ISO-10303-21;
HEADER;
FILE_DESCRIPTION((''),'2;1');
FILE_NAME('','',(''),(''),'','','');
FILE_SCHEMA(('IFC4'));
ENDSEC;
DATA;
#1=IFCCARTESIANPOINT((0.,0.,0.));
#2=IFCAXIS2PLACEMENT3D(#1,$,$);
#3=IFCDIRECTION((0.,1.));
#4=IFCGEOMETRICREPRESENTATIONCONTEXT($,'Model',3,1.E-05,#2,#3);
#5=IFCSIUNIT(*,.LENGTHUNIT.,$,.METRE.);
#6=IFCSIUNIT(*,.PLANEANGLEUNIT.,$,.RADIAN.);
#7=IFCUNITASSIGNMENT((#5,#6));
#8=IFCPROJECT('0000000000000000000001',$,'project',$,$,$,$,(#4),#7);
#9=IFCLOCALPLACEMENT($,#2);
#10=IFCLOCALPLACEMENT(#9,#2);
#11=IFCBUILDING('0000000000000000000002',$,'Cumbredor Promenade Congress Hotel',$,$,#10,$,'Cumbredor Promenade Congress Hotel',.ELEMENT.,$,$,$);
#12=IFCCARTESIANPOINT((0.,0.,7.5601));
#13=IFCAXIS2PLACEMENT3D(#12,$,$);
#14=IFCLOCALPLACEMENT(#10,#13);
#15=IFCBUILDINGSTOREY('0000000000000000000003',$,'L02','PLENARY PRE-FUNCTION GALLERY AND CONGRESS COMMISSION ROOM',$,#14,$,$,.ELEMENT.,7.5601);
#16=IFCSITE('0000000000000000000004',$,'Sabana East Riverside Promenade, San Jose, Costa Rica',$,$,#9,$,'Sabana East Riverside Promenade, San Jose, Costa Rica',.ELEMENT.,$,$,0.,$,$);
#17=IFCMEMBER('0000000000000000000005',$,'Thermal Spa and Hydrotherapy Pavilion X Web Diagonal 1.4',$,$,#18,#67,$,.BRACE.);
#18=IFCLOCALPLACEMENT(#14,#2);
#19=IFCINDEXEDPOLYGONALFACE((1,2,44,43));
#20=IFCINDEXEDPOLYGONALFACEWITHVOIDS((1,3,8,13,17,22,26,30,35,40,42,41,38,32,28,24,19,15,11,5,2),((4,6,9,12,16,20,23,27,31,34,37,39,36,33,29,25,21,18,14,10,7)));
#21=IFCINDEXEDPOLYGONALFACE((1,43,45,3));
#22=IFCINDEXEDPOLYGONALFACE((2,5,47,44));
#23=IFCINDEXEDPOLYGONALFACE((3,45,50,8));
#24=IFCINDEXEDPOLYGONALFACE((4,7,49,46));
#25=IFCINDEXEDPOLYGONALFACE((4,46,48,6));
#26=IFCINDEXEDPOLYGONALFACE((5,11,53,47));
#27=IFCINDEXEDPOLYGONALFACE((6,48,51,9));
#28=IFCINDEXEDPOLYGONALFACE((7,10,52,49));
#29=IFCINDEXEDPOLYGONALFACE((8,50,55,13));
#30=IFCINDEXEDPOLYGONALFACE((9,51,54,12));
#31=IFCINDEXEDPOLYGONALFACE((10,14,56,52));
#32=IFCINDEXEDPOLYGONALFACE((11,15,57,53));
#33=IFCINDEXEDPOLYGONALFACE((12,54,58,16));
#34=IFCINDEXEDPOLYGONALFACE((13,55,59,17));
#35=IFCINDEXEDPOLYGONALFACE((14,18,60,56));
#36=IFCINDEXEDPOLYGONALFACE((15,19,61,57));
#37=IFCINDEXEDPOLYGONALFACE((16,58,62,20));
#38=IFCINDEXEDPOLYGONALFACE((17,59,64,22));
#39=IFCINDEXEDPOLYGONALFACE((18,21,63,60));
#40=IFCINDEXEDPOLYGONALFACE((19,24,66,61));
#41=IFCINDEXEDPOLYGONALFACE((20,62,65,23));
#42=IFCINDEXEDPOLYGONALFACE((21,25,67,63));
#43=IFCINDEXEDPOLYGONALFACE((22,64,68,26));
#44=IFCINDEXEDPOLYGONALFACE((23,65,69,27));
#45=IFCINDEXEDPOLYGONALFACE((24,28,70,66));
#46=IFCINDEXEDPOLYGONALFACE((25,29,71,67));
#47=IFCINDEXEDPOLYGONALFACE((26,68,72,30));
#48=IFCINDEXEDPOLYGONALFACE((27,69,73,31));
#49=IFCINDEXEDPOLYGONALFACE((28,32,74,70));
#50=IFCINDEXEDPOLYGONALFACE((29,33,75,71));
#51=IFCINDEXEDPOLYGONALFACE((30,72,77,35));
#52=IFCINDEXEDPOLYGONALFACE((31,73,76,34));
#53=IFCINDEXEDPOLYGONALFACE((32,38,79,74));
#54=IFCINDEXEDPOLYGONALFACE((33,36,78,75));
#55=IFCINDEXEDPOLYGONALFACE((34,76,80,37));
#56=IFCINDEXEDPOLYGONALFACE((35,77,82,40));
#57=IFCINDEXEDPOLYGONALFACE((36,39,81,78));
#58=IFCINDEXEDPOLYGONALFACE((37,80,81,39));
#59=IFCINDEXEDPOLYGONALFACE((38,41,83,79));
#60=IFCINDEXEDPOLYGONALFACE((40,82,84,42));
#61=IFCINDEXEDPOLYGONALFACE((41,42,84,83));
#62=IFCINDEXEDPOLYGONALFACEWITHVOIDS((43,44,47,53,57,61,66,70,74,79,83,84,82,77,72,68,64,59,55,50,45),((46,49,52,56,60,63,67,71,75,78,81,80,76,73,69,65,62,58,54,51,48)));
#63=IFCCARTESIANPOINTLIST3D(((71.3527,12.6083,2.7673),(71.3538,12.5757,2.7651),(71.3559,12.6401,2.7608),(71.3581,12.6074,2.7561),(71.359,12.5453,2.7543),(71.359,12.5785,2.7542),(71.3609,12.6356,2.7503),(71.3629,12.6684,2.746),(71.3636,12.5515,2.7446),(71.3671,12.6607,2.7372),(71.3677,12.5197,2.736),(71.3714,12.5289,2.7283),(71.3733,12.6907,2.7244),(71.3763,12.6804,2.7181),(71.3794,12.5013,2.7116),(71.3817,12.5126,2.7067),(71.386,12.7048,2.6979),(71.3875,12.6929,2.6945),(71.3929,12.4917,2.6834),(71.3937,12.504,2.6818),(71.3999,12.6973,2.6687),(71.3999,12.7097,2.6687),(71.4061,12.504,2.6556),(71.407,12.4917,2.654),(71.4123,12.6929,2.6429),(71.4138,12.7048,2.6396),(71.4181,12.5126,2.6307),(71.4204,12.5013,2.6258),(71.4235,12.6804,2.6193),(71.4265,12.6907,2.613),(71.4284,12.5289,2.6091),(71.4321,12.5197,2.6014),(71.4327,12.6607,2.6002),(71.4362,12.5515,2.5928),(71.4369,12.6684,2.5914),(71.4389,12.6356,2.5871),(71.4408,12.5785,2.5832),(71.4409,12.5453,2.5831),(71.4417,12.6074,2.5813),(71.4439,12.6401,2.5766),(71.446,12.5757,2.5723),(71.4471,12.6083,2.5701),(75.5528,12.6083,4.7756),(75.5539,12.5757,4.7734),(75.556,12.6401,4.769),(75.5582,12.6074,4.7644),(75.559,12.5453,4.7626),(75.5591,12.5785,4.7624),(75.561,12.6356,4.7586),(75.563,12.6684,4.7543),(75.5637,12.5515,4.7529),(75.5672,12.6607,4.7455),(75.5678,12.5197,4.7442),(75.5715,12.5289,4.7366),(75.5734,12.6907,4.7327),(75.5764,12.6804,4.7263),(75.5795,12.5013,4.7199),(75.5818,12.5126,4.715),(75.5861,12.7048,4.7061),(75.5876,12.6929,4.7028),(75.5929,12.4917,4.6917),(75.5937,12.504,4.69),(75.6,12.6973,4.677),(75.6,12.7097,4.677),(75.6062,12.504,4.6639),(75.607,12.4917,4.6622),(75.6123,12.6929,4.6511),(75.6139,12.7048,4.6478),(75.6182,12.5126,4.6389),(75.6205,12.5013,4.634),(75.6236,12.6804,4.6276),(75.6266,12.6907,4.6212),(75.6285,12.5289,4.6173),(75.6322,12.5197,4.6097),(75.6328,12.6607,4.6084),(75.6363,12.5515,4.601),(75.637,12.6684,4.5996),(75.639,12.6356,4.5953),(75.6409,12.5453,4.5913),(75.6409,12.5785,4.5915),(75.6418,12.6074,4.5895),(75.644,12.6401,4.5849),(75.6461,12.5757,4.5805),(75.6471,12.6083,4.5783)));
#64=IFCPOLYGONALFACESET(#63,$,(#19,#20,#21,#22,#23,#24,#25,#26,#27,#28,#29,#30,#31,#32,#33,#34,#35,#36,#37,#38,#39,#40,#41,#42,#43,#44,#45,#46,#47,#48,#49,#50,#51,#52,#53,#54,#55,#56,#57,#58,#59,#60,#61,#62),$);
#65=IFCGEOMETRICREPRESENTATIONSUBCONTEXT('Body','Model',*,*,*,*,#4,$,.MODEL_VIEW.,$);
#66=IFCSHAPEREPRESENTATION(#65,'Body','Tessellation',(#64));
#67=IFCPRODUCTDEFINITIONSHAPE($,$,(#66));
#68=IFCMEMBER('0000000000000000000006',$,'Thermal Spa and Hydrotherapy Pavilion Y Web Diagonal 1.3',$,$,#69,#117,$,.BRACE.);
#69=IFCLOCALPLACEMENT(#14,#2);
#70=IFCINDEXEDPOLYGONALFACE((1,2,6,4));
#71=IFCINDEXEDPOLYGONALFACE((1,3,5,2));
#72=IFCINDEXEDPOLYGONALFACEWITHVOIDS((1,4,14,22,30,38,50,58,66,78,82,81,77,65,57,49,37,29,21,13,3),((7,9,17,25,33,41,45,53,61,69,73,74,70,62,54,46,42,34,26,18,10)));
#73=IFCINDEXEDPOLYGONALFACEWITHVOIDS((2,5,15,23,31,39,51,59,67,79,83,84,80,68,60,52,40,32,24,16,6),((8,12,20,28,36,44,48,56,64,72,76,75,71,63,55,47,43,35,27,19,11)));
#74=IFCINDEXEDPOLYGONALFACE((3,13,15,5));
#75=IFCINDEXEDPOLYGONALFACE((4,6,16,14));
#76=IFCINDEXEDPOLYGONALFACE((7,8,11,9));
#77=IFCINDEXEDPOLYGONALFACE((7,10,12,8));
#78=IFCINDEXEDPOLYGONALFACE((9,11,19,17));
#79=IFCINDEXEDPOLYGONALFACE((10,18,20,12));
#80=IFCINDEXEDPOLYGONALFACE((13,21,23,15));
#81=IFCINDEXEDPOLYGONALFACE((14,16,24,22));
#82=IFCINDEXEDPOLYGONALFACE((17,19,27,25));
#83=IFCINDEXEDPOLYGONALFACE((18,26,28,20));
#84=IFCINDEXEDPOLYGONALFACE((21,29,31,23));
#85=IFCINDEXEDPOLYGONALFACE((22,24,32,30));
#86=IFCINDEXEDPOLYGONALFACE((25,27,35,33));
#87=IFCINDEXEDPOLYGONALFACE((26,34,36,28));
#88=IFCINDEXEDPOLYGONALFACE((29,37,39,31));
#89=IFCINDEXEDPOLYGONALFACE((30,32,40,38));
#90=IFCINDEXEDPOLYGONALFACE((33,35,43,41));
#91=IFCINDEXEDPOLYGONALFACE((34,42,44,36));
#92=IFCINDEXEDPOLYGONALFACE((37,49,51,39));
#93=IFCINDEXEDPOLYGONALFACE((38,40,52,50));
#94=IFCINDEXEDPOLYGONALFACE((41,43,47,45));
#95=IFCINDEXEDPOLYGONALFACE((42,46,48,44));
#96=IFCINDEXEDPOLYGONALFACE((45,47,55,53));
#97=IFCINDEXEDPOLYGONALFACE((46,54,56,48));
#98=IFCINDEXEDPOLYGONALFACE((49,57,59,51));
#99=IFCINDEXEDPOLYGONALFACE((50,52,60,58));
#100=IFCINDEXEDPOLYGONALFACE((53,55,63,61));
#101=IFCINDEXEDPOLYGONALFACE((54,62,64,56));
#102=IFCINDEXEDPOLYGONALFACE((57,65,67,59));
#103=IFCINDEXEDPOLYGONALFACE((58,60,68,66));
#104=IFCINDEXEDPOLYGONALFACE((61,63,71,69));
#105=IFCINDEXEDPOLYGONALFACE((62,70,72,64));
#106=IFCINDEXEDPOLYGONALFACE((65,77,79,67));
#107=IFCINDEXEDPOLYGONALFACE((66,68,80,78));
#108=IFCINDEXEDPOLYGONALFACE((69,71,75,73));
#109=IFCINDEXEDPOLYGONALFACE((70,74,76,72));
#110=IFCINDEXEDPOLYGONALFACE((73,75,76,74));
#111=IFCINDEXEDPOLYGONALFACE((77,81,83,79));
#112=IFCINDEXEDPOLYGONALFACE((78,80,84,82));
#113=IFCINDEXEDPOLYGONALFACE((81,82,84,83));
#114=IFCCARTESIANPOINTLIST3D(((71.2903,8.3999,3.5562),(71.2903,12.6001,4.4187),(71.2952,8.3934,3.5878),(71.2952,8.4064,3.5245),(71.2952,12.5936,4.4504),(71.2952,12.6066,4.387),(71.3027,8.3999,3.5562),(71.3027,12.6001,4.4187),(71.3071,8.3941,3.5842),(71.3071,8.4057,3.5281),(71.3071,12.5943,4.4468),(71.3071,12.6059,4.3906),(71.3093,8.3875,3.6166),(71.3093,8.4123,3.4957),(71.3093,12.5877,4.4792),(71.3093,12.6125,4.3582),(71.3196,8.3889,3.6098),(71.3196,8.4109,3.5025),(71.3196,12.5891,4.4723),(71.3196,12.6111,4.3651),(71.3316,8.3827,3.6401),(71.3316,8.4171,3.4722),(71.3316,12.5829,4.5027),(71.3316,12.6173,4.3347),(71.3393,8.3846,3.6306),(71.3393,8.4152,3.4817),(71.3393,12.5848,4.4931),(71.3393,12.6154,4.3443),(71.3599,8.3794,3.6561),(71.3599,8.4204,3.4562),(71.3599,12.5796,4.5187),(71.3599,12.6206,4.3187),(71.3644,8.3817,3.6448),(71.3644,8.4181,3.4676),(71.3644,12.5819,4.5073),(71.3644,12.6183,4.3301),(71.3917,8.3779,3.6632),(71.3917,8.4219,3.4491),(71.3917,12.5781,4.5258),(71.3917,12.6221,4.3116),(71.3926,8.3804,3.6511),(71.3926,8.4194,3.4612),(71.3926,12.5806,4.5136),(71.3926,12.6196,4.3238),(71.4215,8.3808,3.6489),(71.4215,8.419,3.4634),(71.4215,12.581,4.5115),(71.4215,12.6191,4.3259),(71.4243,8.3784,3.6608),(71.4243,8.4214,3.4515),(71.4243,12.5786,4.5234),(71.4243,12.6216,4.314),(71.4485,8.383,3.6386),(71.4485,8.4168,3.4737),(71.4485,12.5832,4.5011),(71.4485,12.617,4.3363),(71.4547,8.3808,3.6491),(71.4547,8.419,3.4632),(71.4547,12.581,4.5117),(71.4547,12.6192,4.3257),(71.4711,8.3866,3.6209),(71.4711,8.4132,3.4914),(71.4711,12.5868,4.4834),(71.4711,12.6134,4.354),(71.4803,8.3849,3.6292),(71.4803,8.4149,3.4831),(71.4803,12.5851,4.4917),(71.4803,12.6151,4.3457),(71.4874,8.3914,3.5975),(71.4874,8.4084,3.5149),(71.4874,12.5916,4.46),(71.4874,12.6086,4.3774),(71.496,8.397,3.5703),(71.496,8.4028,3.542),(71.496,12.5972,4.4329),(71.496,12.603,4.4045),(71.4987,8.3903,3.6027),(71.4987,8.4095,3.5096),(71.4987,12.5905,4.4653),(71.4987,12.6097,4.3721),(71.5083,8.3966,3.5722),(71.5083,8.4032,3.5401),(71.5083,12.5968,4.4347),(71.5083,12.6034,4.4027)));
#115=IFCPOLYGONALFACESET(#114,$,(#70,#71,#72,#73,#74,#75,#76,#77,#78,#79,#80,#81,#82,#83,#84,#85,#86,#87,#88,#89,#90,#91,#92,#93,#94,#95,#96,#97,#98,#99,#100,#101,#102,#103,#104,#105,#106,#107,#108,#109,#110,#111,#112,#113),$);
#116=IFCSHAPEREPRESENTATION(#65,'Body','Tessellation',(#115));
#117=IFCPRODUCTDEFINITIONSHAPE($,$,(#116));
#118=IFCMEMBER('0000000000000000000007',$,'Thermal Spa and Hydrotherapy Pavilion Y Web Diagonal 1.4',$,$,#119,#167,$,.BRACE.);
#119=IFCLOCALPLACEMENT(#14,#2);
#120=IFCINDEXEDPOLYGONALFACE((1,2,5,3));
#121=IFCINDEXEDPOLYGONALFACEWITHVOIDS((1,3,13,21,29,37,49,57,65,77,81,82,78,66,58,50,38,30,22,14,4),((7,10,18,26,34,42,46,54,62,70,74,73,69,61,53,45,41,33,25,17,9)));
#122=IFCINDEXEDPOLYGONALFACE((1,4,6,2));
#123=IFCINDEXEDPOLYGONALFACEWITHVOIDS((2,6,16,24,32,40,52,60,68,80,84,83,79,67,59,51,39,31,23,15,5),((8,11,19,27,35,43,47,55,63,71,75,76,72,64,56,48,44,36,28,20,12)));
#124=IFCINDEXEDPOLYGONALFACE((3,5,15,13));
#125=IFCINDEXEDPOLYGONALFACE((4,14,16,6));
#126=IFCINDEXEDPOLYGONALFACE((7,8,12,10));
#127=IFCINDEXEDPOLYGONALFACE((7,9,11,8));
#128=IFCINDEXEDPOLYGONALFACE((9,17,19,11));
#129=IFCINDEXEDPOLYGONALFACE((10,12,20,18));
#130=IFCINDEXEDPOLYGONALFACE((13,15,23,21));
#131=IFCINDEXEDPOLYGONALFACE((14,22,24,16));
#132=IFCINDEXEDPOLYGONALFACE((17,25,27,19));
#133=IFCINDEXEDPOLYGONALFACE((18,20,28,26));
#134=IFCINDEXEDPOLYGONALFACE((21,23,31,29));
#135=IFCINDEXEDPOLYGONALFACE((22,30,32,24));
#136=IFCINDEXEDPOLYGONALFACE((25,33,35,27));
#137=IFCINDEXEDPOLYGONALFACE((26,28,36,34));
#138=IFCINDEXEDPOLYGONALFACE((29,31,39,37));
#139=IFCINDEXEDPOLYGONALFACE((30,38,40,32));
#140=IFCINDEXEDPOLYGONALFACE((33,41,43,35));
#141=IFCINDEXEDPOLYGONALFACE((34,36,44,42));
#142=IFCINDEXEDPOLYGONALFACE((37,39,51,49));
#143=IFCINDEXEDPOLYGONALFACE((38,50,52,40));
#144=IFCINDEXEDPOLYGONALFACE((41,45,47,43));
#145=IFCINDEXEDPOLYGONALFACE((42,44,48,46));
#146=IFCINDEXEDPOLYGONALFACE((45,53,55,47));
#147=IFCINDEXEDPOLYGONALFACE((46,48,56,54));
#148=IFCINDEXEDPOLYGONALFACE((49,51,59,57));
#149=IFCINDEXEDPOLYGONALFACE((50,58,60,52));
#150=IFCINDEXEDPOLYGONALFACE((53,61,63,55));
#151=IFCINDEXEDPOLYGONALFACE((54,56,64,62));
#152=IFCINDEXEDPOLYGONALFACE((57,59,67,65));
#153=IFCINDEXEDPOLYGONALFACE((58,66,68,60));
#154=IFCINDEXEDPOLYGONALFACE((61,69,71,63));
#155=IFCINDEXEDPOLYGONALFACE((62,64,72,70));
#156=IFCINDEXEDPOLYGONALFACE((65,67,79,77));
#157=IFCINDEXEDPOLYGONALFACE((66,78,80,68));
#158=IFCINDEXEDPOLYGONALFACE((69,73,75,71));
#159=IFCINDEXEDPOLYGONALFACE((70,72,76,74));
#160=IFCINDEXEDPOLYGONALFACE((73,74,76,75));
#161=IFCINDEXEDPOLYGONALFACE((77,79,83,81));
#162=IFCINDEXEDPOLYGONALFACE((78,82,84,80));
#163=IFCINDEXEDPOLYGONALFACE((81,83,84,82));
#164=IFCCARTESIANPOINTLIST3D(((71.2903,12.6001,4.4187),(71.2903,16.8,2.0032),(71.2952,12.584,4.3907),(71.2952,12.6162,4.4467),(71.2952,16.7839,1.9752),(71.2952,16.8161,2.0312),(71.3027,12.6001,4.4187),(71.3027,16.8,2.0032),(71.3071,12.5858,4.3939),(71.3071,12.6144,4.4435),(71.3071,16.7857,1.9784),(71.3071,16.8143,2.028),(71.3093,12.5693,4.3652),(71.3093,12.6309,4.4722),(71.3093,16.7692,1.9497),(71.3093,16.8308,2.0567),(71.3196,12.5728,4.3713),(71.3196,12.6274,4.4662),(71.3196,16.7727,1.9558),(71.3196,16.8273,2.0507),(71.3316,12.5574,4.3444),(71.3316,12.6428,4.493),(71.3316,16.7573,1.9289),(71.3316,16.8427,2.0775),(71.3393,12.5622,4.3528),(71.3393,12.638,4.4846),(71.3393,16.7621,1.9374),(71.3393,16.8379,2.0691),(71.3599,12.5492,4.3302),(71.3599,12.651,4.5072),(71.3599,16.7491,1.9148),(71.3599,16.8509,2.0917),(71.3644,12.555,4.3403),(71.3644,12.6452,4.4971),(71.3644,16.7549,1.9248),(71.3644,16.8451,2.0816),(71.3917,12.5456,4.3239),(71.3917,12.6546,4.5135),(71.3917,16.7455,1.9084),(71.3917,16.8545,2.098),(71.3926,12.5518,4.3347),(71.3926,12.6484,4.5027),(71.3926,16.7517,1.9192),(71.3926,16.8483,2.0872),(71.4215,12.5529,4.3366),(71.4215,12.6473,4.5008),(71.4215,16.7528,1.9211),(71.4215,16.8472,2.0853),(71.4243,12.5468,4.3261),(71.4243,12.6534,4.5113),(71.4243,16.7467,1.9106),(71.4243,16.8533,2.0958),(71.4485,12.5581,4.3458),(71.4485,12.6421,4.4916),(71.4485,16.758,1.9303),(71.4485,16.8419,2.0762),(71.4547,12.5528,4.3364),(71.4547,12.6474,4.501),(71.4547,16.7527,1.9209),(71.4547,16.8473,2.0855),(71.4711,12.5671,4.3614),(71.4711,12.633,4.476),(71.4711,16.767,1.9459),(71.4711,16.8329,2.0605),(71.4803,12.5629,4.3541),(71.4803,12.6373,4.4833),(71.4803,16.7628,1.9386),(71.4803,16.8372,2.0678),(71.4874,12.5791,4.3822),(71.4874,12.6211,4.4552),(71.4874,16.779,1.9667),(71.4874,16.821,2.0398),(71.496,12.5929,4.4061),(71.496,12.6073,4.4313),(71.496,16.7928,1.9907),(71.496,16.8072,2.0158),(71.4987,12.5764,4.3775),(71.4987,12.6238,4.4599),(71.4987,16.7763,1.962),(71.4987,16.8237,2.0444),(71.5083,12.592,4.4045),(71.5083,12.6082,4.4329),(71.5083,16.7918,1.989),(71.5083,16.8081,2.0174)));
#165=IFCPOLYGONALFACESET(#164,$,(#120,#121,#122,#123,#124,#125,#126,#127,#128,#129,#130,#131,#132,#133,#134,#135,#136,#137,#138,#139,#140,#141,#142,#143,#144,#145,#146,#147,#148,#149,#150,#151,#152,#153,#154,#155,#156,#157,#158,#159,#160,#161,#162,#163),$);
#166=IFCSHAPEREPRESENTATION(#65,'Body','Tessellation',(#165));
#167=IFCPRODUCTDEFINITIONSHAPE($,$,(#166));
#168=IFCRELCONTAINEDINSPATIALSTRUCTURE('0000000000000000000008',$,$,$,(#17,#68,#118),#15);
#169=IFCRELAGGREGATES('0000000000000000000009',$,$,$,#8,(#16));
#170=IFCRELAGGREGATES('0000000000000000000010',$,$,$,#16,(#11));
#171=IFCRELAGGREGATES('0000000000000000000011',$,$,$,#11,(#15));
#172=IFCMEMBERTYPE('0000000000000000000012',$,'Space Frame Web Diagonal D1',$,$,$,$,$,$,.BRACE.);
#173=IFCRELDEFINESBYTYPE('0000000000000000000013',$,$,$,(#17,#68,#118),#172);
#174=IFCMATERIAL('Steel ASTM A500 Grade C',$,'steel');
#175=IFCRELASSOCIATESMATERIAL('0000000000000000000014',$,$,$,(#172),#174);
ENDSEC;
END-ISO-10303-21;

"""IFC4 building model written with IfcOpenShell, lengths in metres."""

from ifc_helpers import new_model, si_unit, direction, frame, origin, origin_2d, place, context, subcontext, project, spatial, hollow_circle, extrude, material, material_profile, profile_set, type_object, element, save


model = new_model("IFC4")

# Units and contexts
model_context = context("Model", 3, precision=1e-05, world=origin(), true_north=direction((0.0, 1.0)))
body_context = subcontext(model_context, "Body", "Model", "MODEL_VIEW")
ifc_project = project(units=[si_unit("LENGTHUNIT", "METRE"), si_unit("PLANEANGLEUNIT", "RADIAN")], contexts=[model_context])

# Site, building, storey
site_placement = place(None, origin())
site = spatial("IfcSite", under=ifc_project, at=site_placement, Name="Sabana East Riverside Promenade, San Jose, Costa Rica", LongName="Sabana East Riverside Promenade, San Jose, Costa Rica", CompositionType="ELEMENT", RefElevation=0.0)
building_placement = place(site_placement, origin())
building = spatial("IfcBuilding", under=site, at=building_placement, Name="Cumbredor Promenade Congress Hotel", LongName="Cumbredor Promenade Congress Hotel", CompositionType="ELEMENT")
storey_placement = place(building_placement, frame((0.0, 0.0, 7.5601)))
storey = spatial("IfcBuildingStorey", under=building, at=storey_placement, Name="L02", Description="PLENARY PRE-FUNCTION GALLERY AND CONGRESS COMMISSION ROOM", CompositionType="ELEMENT", Elevation=7.5601)

# Members
ifc_material_1 = material(Name="Steel ASTM A500 Grade C", Category="steel")
ifc_material_profile_1 = material_profile(ifc_material_1, hollow_circle(Radius=0.1096, WallThickness=0.0125, at=origin_2d()), Name="CHS 219.1x12.5")
ifc_profile_set_1 = profile_set([ifc_material_profile_1], Name="Steel ASTM A500 Grade C")
member_type_1 = type_object("IfcMemberType", Name="Space Frame Web Diagonal D1", PredefinedType="BRACE", material=ifc_profile_set_1)
member_1_placement = place(storey_placement, frame((71.3999, 12.6001, 2.6687), z_axis=(0.902175, 0.0, 0.43137), x_axis=(0.0, 1.0, 0.0)))
element("IfcMember", 1, at=member_1_placement, inside=storey, type_object=member_type_1, Name="Thermal Spa and Hydrotherapy Pavilion X Web Diagonal 1.4", PredefinedType="BRACE", context=body_context, shape_type="SweptSolid", body=[
    extrude(hollow_circle(Radius=0.1096, WallThickness=0.0125, at=origin_2d()), origin(), (0.0, 0.0, 1.0), 4.6555),
])
member_2_placement = place(storey_placement, frame((71.3999, 8.3999, 3.5562), z_axis=(0.0, 0.979558, 0.201161), x_axis=(-1.0, 0.0, 0.0)))
element("IfcMember", 2, at=member_2_placement, inside=storey, type_object=member_type_1, Name="Thermal Spa and Hydrotherapy Pavilion Y Web Diagonal 1.3", PredefinedType="BRACE", context=body_context, shape_type="SweptSolid", body=[
    extrude(hollow_circle(Radius=0.1096, WallThickness=0.0125, at=origin_2d()), origin(), (0.0, 0.0, 1.0), 4.2878),
])
member_3_placement = place(storey_placement, frame((71.3999, 12.6001, 4.4187), z_axis=(0.0, 0.866857, -0.498557), x_axis=(-1.0, 0.0, 0.0)))
element("IfcMember", 3, at=member_3_placement, inside=storey, type_object=member_type_1, Name="Thermal Spa and Hydrotherapy Pavilion Y Web Diagonal 1.4", PredefinedType="BRACE", context=body_context, shape_type="SweptSolid", body=[
    extrude(hollow_circle(Radius=0.1096, WallThickness=0.0125, at=origin_2d()), origin(), (0.0, 0.0, 1.0), 4.845),
])

save(model, "model.ifc")
